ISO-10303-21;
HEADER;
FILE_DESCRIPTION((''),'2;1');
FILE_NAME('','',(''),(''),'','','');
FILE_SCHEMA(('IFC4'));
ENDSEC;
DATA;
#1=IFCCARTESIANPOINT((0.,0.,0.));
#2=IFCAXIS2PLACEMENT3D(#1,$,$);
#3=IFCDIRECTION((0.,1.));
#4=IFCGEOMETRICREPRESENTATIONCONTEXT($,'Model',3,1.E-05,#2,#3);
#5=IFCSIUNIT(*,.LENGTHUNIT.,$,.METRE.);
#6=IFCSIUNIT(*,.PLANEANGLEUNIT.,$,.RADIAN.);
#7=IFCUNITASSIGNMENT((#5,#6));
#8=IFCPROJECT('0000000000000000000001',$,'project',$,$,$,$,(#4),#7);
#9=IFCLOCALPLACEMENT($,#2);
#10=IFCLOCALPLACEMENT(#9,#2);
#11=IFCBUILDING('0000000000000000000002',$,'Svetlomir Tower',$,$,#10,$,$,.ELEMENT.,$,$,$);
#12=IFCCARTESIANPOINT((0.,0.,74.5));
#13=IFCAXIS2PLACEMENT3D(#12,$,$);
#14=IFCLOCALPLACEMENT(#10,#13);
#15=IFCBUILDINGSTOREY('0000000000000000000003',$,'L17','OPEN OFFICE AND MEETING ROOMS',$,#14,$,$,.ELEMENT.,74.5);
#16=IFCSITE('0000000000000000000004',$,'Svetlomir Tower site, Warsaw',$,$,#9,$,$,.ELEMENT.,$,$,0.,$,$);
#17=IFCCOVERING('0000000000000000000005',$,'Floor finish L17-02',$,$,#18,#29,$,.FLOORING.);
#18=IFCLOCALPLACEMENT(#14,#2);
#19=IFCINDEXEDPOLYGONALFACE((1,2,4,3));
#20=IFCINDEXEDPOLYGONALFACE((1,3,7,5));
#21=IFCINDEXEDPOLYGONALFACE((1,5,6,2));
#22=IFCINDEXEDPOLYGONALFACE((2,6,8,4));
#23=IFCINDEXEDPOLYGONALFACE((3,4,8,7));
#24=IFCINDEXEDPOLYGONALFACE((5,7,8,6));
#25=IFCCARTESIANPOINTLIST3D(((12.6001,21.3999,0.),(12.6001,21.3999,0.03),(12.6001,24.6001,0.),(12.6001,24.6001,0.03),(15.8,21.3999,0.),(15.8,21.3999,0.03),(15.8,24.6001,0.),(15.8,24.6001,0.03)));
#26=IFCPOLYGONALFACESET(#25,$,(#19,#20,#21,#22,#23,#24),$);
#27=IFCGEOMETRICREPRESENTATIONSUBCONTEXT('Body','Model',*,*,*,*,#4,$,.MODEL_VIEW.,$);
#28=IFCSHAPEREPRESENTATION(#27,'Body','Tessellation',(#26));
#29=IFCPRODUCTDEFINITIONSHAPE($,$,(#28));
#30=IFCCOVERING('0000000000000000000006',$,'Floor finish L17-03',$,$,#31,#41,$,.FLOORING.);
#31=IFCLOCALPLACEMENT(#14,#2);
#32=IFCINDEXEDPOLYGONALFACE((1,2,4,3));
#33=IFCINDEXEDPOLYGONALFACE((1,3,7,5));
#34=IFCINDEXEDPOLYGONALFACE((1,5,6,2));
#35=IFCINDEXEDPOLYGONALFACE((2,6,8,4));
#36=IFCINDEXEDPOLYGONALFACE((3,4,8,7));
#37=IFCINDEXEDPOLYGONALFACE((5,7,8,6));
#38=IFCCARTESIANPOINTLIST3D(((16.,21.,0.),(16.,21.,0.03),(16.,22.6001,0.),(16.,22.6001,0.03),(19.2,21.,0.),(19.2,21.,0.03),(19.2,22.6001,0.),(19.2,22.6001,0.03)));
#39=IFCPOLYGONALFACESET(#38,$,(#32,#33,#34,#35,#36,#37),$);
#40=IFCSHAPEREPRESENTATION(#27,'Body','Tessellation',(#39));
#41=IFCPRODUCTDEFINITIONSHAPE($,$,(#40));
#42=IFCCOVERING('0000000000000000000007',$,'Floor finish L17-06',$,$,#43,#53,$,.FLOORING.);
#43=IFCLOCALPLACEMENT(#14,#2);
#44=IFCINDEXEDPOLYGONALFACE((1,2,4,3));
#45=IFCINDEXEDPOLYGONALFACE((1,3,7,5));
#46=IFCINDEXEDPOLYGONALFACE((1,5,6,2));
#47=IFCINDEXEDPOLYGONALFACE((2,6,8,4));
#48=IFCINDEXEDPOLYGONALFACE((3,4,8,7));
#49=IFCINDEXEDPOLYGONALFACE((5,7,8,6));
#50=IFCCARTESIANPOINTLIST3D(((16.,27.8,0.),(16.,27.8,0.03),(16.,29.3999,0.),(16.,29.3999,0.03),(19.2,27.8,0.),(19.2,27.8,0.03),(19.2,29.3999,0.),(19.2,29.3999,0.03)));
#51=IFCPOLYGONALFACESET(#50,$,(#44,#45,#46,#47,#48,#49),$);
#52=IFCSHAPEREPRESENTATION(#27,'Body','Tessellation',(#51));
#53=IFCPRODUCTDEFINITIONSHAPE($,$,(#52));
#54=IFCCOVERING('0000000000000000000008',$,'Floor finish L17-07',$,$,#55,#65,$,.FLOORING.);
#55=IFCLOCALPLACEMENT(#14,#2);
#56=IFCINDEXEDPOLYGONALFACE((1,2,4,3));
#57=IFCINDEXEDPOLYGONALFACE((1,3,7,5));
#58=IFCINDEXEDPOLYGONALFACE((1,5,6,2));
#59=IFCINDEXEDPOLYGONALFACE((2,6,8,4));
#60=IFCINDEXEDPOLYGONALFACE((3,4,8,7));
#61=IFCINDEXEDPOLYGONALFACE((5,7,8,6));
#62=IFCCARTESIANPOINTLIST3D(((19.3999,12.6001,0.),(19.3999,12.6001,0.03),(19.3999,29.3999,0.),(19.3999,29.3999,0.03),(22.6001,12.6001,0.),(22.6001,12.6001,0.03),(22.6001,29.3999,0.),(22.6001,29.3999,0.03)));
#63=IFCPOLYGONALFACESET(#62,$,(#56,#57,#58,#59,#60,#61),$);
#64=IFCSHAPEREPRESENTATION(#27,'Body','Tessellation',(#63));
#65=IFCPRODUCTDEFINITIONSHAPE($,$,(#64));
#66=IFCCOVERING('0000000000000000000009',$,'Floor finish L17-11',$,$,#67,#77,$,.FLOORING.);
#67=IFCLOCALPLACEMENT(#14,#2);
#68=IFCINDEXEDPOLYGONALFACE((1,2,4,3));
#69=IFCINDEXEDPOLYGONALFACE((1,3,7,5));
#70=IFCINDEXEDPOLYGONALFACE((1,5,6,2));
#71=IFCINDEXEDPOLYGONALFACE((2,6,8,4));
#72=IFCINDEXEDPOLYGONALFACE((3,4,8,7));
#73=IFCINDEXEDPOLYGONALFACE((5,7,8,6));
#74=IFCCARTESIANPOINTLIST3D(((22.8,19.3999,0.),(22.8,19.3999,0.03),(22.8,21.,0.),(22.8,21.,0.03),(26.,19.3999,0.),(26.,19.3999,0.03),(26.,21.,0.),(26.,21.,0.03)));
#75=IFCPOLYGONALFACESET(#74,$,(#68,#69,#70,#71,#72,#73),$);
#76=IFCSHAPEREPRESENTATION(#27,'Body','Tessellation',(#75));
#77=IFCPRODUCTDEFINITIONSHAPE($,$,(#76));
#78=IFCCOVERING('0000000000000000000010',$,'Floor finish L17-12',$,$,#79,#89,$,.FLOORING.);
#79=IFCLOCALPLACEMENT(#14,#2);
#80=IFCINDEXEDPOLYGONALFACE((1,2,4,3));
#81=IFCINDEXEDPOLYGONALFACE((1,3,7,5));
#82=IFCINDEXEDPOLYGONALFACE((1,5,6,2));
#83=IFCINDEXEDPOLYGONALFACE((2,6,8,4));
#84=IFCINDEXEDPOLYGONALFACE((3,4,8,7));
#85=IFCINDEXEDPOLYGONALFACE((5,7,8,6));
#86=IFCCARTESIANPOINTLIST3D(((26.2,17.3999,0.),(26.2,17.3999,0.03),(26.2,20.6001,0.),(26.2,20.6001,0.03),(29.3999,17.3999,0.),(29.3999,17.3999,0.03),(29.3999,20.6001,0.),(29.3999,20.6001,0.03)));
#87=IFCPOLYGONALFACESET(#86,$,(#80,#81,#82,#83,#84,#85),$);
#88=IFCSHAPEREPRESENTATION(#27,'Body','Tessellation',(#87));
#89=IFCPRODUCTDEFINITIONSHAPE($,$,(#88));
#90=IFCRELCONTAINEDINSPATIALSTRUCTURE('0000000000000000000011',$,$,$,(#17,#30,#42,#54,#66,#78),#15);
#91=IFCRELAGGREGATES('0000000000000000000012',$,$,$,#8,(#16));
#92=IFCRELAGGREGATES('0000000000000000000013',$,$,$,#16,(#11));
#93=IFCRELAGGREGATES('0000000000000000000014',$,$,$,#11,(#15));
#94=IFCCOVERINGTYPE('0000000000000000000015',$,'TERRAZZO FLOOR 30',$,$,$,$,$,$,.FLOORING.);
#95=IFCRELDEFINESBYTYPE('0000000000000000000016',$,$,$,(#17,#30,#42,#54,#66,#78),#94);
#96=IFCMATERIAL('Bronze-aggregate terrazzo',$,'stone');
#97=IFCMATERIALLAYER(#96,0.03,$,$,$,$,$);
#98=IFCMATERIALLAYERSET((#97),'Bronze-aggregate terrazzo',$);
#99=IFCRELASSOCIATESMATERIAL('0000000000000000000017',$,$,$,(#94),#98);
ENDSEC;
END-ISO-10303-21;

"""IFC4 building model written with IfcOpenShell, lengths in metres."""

from ifc_helpers import new_model, si_unit, direction, frame, origin, place, context, subcontext, project, spatial, polyline, outline, extrude, material, layer, layer_set, type_object, element, save


model = new_model("IFC4")

# Units and contexts
model_context = context("Model", 3, precision=1e-05, world=origin(), true_north=direction((0.0, 1.0)))
body_context = subcontext(model_context, "Body", "Model", "MODEL_VIEW")
ifc_project = project(units=[si_unit("LENGTHUNIT", "METRE"), si_unit("PLANEANGLEUNIT", "RADIAN")], contexts=[model_context])

# Site, building, storey
site_placement = place(None, origin())
site = spatial("IfcSite", under=ifc_project, at=site_placement, Name="Svetlomir Tower site, Warsaw", CompositionType="ELEMENT", RefElevation=0.0)
building_placement = place(site_placement, origin())
building = spatial("IfcBuilding", under=site, at=building_placement, Name="Svetlomir Tower", CompositionType="ELEMENT")
storey_placement = place(building_placement, frame((0.0, 0.0, 74.5)))
storey = spatial("IfcBuildingStorey", under=building, at=storey_placement, Name="L17", Description="OPEN OFFICE AND MEETING ROOMS", CompositionType="ELEMENT", Elevation=74.5)

# Coverings
ifc_material_1 = material(Name="Bronze-aggregate terrazzo", Category="stone")
ifc_layer_1 = layer(ifc_material_1, 0.03)
ifc_layer_set_1 = layer_set([ifc_layer_1], Name="Bronze-aggregate terrazzo")
covering_type_1 = type_object("IfcCoveringType", Name="TERRAZZO FLOOR 30", PredefinedType="FLOORING", material=ifc_layer_set_1)
covering_1_placement = place(storey_placement, origin())
element("IfcCovering", 1, at=covering_1_placement, inside=storey, type_object=covering_type_1, Name="Floor finish L17-02", PredefinedType="FLOORING", context=body_context, shape_type="SweptSolid", body=[
    extrude(outline(polyline([(12.6001, 21.3999), (15.8, 21.3999), (15.8, 24.6001), (12.6001, 24.6001), (12.6001, 21.3999)])), origin(), (0.0, 0.0, 1.0), 0.03),
])
covering_2_placement = place(storey_placement, origin())
element("IfcCovering", 2, at=covering_2_placement, inside=storey, type_object=covering_type_1, Name="Floor finish L17-03", PredefinedType="FLOORING", context=body_context, shape_type="SweptSolid", body=[
    extrude(outline(polyline([(16.0, 21.0), (19.2, 21.0), (19.2, 22.6001), (16.0, 22.6001), (16.0, 21.0)])), origin(), (0.0, 0.0, 1.0), 0.03),
])
covering_3_placement = place(storey_placement, origin())
element("IfcCovering", 3, at=covering_3_placement, inside=storey, type_object=covering_type_1, Name="Floor finish L17-06", PredefinedType="FLOORING", context=body_context, shape_type="SweptSolid", body=[
    extrude(outline(polyline([(16.0, 27.8), (19.2, 27.8), (19.2, 29.3999), (16.0, 29.3999), (16.0, 27.8)])), origin(), (0.0, 0.0, 1.0), 0.03),
])
covering_4_placement = place(storey_placement, origin())
element("IfcCovering", 4, at=covering_4_placement, inside=storey, type_object=covering_type_1, Name="Floor finish L17-07", PredefinedType="FLOORING", context=body_context, shape_type="SweptSolid", body=[
    extrude(outline(polyline([(19.3999, 12.6001), (22.6001, 12.6001), (22.6001, 29.3999), (19.3999, 29.3999), (19.3999, 12.6001)])), origin(), (0.0, 0.0, 1.0), 0.03),
])
covering_5_placement = place(storey_placement, origin())
element("IfcCovering", 5, at=covering_5_placement, inside=storey, type_object=covering_type_1, Name="Floor finish L17-11", PredefinedType="FLOORING", context=body_context, shape_type="SweptSolid", body=[
    extrude(outline(polyline([(22.8, 19.3999), (26.0, 19.3999), (26.0, 21.0), (22.8, 21.0), (22.8, 19.3999)])), origin(), (0.0, 0.0, 1.0), 0.03),
])
covering_6_placement = place(storey_placement, origin())
element("IfcCovering", 6, at=covering_6_placement, inside=storey, type_object=covering_type_1, Name="Floor finish L17-12", PredefinedType="FLOORING", context=body_context, shape_type="SweptSolid", body=[
    extrude(outline(polyline([(26.2, 17.3999), (29.3999, 17.3999), (29.3999, 20.6001), (26.2, 20.6001), (26.2, 17.3999)])), origin(), (0.0, 0.0, 1.0), 0.03),
])

save(model, "model.ifc")
